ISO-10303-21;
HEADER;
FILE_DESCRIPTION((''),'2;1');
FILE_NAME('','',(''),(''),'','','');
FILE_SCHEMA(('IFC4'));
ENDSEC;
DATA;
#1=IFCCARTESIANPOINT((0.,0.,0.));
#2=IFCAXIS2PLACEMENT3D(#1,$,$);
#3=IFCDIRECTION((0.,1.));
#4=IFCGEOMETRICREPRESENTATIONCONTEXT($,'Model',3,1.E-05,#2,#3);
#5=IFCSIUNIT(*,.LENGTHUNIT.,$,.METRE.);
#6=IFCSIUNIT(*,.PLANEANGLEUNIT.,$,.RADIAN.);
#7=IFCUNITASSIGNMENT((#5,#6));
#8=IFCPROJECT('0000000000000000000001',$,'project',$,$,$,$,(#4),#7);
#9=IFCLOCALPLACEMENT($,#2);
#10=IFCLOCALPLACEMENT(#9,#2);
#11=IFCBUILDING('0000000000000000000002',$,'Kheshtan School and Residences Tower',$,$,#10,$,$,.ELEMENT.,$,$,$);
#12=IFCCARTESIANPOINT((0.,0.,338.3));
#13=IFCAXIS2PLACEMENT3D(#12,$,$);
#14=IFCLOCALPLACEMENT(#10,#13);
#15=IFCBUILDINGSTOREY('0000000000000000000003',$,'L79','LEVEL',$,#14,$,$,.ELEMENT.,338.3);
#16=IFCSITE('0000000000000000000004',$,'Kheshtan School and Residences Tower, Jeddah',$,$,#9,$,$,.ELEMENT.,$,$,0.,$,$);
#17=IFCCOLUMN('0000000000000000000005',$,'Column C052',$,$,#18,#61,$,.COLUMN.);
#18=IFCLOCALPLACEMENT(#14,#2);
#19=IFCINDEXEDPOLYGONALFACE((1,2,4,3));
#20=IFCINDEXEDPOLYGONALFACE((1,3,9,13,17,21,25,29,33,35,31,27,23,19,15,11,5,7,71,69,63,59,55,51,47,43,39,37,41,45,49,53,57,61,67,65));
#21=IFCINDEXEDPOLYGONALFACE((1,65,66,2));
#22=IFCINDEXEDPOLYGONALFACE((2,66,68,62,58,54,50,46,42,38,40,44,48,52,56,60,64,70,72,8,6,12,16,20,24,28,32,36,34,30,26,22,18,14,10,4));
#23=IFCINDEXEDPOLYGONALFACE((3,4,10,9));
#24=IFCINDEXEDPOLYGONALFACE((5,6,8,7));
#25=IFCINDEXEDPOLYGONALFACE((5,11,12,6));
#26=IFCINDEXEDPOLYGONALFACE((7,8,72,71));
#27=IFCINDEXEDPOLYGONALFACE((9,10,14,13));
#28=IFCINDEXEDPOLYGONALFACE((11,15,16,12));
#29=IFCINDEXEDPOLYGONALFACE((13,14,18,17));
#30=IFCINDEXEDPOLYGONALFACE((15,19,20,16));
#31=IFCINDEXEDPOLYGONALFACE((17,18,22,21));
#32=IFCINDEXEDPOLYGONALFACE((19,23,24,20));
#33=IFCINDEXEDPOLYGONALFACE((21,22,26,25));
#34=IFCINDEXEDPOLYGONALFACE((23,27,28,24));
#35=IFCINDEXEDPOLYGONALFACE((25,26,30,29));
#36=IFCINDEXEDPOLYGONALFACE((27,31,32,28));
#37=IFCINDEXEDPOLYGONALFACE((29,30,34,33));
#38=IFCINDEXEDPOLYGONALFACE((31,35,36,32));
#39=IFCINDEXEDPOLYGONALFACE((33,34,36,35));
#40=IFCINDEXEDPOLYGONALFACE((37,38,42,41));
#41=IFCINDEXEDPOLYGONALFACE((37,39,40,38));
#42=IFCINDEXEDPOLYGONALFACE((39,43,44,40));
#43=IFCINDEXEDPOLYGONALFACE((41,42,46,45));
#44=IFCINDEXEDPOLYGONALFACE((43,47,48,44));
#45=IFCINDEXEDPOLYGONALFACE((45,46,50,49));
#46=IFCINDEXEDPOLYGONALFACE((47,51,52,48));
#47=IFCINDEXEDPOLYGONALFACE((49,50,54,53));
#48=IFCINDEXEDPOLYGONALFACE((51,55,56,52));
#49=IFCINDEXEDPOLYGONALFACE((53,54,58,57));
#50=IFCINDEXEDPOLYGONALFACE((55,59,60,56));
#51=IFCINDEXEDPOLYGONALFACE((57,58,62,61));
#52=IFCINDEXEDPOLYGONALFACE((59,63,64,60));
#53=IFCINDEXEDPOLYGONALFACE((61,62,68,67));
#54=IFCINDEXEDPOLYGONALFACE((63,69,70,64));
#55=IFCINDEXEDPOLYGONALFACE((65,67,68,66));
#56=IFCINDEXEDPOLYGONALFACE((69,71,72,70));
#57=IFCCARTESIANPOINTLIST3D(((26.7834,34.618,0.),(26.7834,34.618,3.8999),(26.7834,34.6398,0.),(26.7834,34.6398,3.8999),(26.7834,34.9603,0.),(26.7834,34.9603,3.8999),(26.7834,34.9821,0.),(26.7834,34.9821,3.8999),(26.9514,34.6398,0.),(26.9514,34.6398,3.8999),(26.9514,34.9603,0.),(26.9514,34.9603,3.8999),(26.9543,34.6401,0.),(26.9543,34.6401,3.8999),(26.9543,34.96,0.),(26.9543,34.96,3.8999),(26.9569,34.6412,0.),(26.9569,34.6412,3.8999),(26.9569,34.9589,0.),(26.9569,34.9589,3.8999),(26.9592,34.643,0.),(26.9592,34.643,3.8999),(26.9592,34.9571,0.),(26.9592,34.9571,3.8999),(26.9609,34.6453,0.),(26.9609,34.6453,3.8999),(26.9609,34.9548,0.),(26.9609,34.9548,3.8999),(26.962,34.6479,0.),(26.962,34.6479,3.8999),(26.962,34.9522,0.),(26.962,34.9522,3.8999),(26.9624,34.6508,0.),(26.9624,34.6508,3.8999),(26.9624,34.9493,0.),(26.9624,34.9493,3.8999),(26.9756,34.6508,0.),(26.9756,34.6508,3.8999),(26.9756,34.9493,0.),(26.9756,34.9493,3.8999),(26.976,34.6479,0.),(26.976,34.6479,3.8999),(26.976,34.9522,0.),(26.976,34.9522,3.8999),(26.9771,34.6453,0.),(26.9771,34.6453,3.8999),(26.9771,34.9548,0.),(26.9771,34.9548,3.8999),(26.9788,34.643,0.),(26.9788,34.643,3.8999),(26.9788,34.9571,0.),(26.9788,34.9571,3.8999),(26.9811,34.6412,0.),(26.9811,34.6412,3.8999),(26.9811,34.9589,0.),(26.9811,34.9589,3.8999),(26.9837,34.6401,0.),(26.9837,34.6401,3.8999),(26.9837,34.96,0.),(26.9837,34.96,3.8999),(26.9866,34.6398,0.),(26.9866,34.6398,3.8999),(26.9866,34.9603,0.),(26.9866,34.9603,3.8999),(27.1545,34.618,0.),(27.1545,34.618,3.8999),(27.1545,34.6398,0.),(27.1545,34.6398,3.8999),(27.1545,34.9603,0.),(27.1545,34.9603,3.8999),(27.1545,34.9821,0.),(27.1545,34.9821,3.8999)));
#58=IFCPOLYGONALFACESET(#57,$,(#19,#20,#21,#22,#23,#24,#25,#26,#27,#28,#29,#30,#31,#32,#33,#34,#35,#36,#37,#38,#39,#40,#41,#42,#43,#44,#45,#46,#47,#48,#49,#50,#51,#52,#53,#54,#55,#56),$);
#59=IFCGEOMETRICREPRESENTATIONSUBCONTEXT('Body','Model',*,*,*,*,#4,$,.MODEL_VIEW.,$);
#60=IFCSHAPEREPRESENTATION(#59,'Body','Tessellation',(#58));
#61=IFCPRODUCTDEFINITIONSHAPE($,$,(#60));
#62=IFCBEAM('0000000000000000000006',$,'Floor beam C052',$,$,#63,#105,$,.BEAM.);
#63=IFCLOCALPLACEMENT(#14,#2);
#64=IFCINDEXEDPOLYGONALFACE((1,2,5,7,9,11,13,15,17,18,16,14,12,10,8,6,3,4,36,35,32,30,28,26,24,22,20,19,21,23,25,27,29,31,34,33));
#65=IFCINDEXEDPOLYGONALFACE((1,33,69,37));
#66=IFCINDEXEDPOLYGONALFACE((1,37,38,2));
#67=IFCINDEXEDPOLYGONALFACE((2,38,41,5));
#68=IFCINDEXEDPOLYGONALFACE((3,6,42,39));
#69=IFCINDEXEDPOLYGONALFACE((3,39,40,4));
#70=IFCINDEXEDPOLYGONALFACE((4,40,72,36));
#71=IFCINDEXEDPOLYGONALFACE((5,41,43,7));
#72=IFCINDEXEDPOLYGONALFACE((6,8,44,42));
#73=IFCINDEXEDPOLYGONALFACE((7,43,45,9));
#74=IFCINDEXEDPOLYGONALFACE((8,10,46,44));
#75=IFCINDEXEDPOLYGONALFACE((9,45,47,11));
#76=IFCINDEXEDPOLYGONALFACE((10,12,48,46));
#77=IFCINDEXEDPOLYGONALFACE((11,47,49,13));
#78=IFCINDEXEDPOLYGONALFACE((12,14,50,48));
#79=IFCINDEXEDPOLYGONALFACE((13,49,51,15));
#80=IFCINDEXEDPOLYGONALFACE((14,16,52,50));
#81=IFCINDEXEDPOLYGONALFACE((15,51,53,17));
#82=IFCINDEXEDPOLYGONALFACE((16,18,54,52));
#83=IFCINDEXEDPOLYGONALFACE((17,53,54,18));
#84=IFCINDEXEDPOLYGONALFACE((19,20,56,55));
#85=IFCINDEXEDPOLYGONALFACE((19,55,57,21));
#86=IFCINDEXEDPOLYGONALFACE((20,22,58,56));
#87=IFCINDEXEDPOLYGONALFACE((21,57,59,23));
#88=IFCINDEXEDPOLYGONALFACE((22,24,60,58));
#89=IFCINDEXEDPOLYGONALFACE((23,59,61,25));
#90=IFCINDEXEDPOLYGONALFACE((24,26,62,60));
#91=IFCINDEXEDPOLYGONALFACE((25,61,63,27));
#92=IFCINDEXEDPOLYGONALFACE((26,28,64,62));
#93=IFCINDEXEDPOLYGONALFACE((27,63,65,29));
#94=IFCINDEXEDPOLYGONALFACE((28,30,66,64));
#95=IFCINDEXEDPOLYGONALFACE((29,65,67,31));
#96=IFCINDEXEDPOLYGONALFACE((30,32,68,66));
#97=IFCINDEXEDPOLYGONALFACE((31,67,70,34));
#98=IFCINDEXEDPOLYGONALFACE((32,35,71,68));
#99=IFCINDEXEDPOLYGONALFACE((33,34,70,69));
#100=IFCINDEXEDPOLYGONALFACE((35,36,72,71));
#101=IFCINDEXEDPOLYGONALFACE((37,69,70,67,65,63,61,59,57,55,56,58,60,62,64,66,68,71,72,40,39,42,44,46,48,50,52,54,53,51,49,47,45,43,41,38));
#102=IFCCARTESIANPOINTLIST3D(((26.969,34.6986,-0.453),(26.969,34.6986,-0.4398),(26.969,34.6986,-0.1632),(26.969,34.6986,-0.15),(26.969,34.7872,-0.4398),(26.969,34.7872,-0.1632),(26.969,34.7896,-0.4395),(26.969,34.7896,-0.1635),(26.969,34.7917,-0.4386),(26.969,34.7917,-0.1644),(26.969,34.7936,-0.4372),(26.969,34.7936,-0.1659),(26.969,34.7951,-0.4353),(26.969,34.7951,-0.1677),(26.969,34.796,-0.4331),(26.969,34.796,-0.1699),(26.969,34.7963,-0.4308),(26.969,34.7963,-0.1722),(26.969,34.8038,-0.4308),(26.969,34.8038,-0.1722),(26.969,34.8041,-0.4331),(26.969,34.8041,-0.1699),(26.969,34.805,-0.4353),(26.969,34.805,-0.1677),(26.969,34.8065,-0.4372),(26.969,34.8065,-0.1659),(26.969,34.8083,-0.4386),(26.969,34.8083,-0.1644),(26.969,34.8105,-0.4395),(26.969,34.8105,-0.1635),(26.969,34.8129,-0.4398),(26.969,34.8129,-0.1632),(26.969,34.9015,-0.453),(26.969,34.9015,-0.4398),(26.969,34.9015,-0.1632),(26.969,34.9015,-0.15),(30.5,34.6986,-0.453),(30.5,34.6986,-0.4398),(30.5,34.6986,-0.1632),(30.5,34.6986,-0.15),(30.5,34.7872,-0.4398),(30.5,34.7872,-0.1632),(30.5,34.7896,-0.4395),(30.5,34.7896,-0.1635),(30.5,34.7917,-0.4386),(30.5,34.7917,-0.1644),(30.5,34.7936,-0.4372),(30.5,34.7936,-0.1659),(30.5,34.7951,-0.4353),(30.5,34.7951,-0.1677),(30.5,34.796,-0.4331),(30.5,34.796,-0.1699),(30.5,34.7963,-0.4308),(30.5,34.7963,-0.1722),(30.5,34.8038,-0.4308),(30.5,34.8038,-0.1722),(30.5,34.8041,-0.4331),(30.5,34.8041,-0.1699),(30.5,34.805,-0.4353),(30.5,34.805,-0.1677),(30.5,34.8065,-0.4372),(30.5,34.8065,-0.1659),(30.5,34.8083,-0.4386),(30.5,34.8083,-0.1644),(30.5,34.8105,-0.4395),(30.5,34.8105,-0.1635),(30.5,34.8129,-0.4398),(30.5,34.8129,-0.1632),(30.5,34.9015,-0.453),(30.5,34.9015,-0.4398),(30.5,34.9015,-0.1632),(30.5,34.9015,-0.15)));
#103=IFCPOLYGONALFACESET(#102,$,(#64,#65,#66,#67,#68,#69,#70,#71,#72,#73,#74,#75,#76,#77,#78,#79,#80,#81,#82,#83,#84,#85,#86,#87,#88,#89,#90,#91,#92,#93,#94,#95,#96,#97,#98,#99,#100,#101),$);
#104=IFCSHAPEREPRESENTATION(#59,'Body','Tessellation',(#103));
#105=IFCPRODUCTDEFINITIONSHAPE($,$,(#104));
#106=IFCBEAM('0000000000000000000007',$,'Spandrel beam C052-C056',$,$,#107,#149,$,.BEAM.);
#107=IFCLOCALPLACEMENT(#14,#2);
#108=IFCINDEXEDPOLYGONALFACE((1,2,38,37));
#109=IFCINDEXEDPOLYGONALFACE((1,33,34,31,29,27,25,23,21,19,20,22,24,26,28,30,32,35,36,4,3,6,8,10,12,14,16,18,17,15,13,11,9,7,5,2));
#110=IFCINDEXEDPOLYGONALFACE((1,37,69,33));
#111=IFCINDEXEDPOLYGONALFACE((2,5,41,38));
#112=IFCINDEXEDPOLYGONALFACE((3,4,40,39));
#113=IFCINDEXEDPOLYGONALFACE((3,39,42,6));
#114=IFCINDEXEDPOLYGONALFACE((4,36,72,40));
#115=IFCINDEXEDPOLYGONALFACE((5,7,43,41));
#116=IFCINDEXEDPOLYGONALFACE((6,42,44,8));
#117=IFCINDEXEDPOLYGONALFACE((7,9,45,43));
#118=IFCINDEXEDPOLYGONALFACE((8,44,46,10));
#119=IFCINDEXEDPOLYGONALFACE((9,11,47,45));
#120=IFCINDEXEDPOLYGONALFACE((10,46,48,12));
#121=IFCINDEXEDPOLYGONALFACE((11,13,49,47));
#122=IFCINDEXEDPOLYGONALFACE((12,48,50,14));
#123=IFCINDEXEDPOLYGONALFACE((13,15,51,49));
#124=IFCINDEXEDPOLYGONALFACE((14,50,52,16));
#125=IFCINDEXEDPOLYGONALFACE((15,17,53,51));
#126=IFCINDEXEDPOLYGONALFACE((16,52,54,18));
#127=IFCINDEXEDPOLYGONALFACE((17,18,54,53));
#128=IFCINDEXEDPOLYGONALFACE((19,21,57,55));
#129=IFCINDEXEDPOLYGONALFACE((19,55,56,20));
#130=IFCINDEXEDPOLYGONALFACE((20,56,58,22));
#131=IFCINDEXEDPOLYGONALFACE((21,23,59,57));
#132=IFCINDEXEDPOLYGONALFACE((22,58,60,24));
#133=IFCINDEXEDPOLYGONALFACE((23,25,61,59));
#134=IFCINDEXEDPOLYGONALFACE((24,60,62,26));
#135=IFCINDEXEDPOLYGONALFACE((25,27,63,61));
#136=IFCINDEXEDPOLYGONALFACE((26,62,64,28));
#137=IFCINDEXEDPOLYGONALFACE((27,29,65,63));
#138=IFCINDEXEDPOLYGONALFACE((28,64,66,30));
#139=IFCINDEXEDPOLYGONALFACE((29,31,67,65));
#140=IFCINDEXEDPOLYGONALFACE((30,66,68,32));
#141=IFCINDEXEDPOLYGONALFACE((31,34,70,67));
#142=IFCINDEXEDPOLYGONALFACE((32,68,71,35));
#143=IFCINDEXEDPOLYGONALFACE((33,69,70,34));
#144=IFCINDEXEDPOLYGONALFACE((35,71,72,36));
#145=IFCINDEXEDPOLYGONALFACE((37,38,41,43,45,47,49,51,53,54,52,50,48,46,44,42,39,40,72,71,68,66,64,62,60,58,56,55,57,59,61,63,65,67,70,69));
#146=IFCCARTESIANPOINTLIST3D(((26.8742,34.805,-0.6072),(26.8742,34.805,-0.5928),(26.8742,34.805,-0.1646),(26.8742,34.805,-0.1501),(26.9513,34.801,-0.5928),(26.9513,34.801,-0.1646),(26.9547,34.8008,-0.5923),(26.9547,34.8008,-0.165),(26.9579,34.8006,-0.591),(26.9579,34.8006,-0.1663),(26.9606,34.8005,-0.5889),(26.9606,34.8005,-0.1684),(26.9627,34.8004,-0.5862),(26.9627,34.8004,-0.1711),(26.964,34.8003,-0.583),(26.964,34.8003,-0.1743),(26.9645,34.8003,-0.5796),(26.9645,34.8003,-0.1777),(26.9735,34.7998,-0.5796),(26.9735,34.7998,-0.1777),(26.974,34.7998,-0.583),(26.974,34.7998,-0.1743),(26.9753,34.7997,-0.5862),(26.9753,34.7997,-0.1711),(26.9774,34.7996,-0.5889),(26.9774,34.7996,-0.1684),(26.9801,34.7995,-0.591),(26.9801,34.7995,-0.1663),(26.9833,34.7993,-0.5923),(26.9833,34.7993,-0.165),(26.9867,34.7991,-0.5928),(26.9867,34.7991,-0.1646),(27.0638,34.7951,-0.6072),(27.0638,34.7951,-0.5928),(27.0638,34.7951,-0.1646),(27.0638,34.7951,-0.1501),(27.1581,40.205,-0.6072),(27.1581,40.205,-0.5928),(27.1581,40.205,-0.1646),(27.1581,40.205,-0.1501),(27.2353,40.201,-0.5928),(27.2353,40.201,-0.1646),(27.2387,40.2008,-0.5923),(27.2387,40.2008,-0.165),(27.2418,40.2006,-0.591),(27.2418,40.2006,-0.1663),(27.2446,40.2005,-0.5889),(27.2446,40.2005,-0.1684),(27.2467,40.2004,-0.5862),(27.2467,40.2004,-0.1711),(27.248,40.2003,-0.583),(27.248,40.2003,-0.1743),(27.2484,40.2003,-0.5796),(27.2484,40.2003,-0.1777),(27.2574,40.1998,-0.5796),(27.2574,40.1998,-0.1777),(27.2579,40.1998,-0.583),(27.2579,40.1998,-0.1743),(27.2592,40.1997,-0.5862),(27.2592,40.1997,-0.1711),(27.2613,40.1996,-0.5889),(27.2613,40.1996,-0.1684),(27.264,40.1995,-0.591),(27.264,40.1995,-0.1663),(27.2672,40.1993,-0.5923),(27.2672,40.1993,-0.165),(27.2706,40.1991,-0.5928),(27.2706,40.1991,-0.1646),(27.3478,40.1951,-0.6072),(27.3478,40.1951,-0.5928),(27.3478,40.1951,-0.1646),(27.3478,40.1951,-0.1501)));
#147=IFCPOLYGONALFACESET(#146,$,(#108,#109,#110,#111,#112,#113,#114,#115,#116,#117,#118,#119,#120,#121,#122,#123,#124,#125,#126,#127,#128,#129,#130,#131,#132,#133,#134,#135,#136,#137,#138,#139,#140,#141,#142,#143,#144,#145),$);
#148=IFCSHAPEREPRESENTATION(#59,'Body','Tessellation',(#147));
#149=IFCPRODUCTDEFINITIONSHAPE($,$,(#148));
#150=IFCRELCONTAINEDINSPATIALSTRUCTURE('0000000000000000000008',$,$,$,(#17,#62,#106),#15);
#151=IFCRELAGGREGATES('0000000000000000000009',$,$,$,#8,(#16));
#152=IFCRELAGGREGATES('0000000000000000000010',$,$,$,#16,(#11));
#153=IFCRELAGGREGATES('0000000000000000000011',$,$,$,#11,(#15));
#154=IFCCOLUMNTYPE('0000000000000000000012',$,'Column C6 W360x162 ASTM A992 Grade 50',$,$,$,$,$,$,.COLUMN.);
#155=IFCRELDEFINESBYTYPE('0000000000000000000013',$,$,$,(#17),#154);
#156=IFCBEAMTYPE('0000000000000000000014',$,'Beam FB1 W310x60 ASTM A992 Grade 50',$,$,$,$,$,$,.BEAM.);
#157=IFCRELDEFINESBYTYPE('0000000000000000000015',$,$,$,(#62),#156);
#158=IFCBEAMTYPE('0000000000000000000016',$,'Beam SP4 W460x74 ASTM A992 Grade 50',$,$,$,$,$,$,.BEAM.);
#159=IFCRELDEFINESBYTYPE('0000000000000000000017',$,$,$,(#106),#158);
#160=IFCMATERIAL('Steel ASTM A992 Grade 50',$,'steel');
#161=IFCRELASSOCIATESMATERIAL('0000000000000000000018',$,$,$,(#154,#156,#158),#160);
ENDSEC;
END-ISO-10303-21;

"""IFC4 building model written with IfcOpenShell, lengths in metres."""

from ifc_helpers import new_model, si_unit, direction, frame, origin, origin_2d, place, context, subcontext, project, spatial, i_section, extrude, material, material_profile, profile_set, type_object, element, save


model = new_model("IFC4")

# Units and contexts
model_context = context("Model", 3, precision=1e-05, world=origin(), true_north=direction((0.0, 1.0)))
body_context = subcontext(model_context, "Body", "Model", "MODEL_VIEW")
ifc_project = project(units=[si_unit("LENGTHUNIT", "METRE"), si_unit("PLANEANGLEUNIT", "RADIAN")], contexts=[model_context])

# Site, building, storey
site_placement = place(None, origin())
site = spatial("IfcSite", under=ifc_project, at=site_placement, Name="Kheshtan School and Residences Tower, Jeddah", CompositionType="ELEMENT", RefElevation=0.0)
building_placement = place(site_placement, origin())
building = spatial("IfcBuilding", under=site, at=building_placement, Name="Kheshtan School and Residences Tower", CompositionType="ELEMENT")
storey_placement = place(building_placement, frame((0.0, 0.0, 338.3)))
storey = spatial("IfcBuildingStorey", under=building, at=storey_placement, Name="L79", Description="LEVEL", CompositionType="ELEMENT", Elevation=338.3)

# Column
ifc_material_1 = material(Name="Steel ASTM A992 Grade 50", Category="steel")
ifc_material_profile_1 = material_profile(ifc_material_1, i_section(OverallWidth=0.3711, OverallDepth=0.364, WebThickness=0.0132, FlangeThickness=0.0217, FilletRadius=0.011, at=origin_2d()), Name="W360x162")
ifc_profile_set_1 = profile_set([ifc_material_profile_1], Name="Steel ASTM A992 Grade 50")
column_type = type_object("IfcColumnType", Name="Column C6 W360x162 ASTM A992 Grade 50", PredefinedType="COLUMN", material=ifc_profile_set_1)
column_placement = place(storey_placement, frame((26.969, 34.8, 0.0), z_axis=(0.0, 0.0, 1.0), x_axis=(1.0, 0.0, 0.0)))
element("IfcColumn", 1, at=column_placement, inside=storey, type_object=column_type, Name="Column C052", PredefinedType="COLUMN", context=body_context, shape_type="SweptSolid", body=[
    extrude(i_section(OverallWidth=0.3711, OverallDepth=0.364, WebThickness=0.0132, FlangeThickness=0.0217, FilletRadius=0.011, at=origin_2d()), origin(), (0.0, 0.0, 1.0), 3.8999),
])

# Beams
ifc_material_profile_2 = material_profile(ifc_material_1, i_section(OverallWidth=0.2029, OverallDepth=0.303, WebThickness=0.0076, FlangeThickness=0.0132, FilletRadius=0.009, at=origin_2d()), Name="W310x60")
ifc_profile_set_2 = profile_set([ifc_material_profile_2], Name="Steel ASTM A992 Grade 50")
beam_type_1 = type_object("IfcBeamType", Name="Beam FB1 W310x60 ASTM A992 Grade 50", PredefinedType="BEAM", material=ifc_profile_set_2)
beam_1_placement = place(storey_placement, frame((26.969, 34.8, -0.3015), z_axis=(1.0, 0.0, 0.0), x_axis=(0.0, 1.0, 0.0)))
element("IfcBeam", 2, at=beam_1_placement, inside=storey, type_object=beam_type_1, Name="Floor beam C052", PredefinedType="BEAM", context=body_context, shape_type="SweptSolid", body=[
    extrude(i_section(OverallWidth=0.2029, OverallDepth=0.303, WebThickness=0.0076, FlangeThickness=0.0132, FilletRadius=0.009, at=origin_2d()), origin(), (0.0, 0.0, 1.0), 3.531),
])
ifc_material_profile_3 = material_profile(ifc_material_1, i_section(OverallWidth=0.1899, OverallDepth=0.457, WebThickness=0.009, FlangeThickness=0.0144, FilletRadius=0.0132, at=origin_2d()), Name="W460x74")
ifc_profile_set_3 = profile_set([ifc_material_profile_3], Name="Steel ASTM A992 Grade 50")
beam_type_2 = type_object("IfcBeamType", Name="Beam SP4 W460x74 ASTM A992 Grade 50", PredefinedType="BEAM", material=ifc_profile_set_3)
beam_2_placement = place(storey_placement, frame((26.969, 34.8, -0.3787), z_axis=(0.052509, 0.99862, 0.0), x_axis=(-0.99862, 0.052509, 0.0)))
element("IfcBeam", 3, at=beam_2_placement, inside=storey, type_object=beam_type_2, Name="Spandrel beam C052-C056", PredefinedType="BEAM", context=body_context, shape_type="SweptSolid", body=[
    extrude(i_section(OverallWidth=0.1899, OverallDepth=0.457, WebThickness=0.009, FlangeThickness=0.0144, FilletRadius=0.0132, at=origin_2d()), origin(), (0.0, 0.0, 1.0), 5.4075),
])

save(model, "model.ifc")
